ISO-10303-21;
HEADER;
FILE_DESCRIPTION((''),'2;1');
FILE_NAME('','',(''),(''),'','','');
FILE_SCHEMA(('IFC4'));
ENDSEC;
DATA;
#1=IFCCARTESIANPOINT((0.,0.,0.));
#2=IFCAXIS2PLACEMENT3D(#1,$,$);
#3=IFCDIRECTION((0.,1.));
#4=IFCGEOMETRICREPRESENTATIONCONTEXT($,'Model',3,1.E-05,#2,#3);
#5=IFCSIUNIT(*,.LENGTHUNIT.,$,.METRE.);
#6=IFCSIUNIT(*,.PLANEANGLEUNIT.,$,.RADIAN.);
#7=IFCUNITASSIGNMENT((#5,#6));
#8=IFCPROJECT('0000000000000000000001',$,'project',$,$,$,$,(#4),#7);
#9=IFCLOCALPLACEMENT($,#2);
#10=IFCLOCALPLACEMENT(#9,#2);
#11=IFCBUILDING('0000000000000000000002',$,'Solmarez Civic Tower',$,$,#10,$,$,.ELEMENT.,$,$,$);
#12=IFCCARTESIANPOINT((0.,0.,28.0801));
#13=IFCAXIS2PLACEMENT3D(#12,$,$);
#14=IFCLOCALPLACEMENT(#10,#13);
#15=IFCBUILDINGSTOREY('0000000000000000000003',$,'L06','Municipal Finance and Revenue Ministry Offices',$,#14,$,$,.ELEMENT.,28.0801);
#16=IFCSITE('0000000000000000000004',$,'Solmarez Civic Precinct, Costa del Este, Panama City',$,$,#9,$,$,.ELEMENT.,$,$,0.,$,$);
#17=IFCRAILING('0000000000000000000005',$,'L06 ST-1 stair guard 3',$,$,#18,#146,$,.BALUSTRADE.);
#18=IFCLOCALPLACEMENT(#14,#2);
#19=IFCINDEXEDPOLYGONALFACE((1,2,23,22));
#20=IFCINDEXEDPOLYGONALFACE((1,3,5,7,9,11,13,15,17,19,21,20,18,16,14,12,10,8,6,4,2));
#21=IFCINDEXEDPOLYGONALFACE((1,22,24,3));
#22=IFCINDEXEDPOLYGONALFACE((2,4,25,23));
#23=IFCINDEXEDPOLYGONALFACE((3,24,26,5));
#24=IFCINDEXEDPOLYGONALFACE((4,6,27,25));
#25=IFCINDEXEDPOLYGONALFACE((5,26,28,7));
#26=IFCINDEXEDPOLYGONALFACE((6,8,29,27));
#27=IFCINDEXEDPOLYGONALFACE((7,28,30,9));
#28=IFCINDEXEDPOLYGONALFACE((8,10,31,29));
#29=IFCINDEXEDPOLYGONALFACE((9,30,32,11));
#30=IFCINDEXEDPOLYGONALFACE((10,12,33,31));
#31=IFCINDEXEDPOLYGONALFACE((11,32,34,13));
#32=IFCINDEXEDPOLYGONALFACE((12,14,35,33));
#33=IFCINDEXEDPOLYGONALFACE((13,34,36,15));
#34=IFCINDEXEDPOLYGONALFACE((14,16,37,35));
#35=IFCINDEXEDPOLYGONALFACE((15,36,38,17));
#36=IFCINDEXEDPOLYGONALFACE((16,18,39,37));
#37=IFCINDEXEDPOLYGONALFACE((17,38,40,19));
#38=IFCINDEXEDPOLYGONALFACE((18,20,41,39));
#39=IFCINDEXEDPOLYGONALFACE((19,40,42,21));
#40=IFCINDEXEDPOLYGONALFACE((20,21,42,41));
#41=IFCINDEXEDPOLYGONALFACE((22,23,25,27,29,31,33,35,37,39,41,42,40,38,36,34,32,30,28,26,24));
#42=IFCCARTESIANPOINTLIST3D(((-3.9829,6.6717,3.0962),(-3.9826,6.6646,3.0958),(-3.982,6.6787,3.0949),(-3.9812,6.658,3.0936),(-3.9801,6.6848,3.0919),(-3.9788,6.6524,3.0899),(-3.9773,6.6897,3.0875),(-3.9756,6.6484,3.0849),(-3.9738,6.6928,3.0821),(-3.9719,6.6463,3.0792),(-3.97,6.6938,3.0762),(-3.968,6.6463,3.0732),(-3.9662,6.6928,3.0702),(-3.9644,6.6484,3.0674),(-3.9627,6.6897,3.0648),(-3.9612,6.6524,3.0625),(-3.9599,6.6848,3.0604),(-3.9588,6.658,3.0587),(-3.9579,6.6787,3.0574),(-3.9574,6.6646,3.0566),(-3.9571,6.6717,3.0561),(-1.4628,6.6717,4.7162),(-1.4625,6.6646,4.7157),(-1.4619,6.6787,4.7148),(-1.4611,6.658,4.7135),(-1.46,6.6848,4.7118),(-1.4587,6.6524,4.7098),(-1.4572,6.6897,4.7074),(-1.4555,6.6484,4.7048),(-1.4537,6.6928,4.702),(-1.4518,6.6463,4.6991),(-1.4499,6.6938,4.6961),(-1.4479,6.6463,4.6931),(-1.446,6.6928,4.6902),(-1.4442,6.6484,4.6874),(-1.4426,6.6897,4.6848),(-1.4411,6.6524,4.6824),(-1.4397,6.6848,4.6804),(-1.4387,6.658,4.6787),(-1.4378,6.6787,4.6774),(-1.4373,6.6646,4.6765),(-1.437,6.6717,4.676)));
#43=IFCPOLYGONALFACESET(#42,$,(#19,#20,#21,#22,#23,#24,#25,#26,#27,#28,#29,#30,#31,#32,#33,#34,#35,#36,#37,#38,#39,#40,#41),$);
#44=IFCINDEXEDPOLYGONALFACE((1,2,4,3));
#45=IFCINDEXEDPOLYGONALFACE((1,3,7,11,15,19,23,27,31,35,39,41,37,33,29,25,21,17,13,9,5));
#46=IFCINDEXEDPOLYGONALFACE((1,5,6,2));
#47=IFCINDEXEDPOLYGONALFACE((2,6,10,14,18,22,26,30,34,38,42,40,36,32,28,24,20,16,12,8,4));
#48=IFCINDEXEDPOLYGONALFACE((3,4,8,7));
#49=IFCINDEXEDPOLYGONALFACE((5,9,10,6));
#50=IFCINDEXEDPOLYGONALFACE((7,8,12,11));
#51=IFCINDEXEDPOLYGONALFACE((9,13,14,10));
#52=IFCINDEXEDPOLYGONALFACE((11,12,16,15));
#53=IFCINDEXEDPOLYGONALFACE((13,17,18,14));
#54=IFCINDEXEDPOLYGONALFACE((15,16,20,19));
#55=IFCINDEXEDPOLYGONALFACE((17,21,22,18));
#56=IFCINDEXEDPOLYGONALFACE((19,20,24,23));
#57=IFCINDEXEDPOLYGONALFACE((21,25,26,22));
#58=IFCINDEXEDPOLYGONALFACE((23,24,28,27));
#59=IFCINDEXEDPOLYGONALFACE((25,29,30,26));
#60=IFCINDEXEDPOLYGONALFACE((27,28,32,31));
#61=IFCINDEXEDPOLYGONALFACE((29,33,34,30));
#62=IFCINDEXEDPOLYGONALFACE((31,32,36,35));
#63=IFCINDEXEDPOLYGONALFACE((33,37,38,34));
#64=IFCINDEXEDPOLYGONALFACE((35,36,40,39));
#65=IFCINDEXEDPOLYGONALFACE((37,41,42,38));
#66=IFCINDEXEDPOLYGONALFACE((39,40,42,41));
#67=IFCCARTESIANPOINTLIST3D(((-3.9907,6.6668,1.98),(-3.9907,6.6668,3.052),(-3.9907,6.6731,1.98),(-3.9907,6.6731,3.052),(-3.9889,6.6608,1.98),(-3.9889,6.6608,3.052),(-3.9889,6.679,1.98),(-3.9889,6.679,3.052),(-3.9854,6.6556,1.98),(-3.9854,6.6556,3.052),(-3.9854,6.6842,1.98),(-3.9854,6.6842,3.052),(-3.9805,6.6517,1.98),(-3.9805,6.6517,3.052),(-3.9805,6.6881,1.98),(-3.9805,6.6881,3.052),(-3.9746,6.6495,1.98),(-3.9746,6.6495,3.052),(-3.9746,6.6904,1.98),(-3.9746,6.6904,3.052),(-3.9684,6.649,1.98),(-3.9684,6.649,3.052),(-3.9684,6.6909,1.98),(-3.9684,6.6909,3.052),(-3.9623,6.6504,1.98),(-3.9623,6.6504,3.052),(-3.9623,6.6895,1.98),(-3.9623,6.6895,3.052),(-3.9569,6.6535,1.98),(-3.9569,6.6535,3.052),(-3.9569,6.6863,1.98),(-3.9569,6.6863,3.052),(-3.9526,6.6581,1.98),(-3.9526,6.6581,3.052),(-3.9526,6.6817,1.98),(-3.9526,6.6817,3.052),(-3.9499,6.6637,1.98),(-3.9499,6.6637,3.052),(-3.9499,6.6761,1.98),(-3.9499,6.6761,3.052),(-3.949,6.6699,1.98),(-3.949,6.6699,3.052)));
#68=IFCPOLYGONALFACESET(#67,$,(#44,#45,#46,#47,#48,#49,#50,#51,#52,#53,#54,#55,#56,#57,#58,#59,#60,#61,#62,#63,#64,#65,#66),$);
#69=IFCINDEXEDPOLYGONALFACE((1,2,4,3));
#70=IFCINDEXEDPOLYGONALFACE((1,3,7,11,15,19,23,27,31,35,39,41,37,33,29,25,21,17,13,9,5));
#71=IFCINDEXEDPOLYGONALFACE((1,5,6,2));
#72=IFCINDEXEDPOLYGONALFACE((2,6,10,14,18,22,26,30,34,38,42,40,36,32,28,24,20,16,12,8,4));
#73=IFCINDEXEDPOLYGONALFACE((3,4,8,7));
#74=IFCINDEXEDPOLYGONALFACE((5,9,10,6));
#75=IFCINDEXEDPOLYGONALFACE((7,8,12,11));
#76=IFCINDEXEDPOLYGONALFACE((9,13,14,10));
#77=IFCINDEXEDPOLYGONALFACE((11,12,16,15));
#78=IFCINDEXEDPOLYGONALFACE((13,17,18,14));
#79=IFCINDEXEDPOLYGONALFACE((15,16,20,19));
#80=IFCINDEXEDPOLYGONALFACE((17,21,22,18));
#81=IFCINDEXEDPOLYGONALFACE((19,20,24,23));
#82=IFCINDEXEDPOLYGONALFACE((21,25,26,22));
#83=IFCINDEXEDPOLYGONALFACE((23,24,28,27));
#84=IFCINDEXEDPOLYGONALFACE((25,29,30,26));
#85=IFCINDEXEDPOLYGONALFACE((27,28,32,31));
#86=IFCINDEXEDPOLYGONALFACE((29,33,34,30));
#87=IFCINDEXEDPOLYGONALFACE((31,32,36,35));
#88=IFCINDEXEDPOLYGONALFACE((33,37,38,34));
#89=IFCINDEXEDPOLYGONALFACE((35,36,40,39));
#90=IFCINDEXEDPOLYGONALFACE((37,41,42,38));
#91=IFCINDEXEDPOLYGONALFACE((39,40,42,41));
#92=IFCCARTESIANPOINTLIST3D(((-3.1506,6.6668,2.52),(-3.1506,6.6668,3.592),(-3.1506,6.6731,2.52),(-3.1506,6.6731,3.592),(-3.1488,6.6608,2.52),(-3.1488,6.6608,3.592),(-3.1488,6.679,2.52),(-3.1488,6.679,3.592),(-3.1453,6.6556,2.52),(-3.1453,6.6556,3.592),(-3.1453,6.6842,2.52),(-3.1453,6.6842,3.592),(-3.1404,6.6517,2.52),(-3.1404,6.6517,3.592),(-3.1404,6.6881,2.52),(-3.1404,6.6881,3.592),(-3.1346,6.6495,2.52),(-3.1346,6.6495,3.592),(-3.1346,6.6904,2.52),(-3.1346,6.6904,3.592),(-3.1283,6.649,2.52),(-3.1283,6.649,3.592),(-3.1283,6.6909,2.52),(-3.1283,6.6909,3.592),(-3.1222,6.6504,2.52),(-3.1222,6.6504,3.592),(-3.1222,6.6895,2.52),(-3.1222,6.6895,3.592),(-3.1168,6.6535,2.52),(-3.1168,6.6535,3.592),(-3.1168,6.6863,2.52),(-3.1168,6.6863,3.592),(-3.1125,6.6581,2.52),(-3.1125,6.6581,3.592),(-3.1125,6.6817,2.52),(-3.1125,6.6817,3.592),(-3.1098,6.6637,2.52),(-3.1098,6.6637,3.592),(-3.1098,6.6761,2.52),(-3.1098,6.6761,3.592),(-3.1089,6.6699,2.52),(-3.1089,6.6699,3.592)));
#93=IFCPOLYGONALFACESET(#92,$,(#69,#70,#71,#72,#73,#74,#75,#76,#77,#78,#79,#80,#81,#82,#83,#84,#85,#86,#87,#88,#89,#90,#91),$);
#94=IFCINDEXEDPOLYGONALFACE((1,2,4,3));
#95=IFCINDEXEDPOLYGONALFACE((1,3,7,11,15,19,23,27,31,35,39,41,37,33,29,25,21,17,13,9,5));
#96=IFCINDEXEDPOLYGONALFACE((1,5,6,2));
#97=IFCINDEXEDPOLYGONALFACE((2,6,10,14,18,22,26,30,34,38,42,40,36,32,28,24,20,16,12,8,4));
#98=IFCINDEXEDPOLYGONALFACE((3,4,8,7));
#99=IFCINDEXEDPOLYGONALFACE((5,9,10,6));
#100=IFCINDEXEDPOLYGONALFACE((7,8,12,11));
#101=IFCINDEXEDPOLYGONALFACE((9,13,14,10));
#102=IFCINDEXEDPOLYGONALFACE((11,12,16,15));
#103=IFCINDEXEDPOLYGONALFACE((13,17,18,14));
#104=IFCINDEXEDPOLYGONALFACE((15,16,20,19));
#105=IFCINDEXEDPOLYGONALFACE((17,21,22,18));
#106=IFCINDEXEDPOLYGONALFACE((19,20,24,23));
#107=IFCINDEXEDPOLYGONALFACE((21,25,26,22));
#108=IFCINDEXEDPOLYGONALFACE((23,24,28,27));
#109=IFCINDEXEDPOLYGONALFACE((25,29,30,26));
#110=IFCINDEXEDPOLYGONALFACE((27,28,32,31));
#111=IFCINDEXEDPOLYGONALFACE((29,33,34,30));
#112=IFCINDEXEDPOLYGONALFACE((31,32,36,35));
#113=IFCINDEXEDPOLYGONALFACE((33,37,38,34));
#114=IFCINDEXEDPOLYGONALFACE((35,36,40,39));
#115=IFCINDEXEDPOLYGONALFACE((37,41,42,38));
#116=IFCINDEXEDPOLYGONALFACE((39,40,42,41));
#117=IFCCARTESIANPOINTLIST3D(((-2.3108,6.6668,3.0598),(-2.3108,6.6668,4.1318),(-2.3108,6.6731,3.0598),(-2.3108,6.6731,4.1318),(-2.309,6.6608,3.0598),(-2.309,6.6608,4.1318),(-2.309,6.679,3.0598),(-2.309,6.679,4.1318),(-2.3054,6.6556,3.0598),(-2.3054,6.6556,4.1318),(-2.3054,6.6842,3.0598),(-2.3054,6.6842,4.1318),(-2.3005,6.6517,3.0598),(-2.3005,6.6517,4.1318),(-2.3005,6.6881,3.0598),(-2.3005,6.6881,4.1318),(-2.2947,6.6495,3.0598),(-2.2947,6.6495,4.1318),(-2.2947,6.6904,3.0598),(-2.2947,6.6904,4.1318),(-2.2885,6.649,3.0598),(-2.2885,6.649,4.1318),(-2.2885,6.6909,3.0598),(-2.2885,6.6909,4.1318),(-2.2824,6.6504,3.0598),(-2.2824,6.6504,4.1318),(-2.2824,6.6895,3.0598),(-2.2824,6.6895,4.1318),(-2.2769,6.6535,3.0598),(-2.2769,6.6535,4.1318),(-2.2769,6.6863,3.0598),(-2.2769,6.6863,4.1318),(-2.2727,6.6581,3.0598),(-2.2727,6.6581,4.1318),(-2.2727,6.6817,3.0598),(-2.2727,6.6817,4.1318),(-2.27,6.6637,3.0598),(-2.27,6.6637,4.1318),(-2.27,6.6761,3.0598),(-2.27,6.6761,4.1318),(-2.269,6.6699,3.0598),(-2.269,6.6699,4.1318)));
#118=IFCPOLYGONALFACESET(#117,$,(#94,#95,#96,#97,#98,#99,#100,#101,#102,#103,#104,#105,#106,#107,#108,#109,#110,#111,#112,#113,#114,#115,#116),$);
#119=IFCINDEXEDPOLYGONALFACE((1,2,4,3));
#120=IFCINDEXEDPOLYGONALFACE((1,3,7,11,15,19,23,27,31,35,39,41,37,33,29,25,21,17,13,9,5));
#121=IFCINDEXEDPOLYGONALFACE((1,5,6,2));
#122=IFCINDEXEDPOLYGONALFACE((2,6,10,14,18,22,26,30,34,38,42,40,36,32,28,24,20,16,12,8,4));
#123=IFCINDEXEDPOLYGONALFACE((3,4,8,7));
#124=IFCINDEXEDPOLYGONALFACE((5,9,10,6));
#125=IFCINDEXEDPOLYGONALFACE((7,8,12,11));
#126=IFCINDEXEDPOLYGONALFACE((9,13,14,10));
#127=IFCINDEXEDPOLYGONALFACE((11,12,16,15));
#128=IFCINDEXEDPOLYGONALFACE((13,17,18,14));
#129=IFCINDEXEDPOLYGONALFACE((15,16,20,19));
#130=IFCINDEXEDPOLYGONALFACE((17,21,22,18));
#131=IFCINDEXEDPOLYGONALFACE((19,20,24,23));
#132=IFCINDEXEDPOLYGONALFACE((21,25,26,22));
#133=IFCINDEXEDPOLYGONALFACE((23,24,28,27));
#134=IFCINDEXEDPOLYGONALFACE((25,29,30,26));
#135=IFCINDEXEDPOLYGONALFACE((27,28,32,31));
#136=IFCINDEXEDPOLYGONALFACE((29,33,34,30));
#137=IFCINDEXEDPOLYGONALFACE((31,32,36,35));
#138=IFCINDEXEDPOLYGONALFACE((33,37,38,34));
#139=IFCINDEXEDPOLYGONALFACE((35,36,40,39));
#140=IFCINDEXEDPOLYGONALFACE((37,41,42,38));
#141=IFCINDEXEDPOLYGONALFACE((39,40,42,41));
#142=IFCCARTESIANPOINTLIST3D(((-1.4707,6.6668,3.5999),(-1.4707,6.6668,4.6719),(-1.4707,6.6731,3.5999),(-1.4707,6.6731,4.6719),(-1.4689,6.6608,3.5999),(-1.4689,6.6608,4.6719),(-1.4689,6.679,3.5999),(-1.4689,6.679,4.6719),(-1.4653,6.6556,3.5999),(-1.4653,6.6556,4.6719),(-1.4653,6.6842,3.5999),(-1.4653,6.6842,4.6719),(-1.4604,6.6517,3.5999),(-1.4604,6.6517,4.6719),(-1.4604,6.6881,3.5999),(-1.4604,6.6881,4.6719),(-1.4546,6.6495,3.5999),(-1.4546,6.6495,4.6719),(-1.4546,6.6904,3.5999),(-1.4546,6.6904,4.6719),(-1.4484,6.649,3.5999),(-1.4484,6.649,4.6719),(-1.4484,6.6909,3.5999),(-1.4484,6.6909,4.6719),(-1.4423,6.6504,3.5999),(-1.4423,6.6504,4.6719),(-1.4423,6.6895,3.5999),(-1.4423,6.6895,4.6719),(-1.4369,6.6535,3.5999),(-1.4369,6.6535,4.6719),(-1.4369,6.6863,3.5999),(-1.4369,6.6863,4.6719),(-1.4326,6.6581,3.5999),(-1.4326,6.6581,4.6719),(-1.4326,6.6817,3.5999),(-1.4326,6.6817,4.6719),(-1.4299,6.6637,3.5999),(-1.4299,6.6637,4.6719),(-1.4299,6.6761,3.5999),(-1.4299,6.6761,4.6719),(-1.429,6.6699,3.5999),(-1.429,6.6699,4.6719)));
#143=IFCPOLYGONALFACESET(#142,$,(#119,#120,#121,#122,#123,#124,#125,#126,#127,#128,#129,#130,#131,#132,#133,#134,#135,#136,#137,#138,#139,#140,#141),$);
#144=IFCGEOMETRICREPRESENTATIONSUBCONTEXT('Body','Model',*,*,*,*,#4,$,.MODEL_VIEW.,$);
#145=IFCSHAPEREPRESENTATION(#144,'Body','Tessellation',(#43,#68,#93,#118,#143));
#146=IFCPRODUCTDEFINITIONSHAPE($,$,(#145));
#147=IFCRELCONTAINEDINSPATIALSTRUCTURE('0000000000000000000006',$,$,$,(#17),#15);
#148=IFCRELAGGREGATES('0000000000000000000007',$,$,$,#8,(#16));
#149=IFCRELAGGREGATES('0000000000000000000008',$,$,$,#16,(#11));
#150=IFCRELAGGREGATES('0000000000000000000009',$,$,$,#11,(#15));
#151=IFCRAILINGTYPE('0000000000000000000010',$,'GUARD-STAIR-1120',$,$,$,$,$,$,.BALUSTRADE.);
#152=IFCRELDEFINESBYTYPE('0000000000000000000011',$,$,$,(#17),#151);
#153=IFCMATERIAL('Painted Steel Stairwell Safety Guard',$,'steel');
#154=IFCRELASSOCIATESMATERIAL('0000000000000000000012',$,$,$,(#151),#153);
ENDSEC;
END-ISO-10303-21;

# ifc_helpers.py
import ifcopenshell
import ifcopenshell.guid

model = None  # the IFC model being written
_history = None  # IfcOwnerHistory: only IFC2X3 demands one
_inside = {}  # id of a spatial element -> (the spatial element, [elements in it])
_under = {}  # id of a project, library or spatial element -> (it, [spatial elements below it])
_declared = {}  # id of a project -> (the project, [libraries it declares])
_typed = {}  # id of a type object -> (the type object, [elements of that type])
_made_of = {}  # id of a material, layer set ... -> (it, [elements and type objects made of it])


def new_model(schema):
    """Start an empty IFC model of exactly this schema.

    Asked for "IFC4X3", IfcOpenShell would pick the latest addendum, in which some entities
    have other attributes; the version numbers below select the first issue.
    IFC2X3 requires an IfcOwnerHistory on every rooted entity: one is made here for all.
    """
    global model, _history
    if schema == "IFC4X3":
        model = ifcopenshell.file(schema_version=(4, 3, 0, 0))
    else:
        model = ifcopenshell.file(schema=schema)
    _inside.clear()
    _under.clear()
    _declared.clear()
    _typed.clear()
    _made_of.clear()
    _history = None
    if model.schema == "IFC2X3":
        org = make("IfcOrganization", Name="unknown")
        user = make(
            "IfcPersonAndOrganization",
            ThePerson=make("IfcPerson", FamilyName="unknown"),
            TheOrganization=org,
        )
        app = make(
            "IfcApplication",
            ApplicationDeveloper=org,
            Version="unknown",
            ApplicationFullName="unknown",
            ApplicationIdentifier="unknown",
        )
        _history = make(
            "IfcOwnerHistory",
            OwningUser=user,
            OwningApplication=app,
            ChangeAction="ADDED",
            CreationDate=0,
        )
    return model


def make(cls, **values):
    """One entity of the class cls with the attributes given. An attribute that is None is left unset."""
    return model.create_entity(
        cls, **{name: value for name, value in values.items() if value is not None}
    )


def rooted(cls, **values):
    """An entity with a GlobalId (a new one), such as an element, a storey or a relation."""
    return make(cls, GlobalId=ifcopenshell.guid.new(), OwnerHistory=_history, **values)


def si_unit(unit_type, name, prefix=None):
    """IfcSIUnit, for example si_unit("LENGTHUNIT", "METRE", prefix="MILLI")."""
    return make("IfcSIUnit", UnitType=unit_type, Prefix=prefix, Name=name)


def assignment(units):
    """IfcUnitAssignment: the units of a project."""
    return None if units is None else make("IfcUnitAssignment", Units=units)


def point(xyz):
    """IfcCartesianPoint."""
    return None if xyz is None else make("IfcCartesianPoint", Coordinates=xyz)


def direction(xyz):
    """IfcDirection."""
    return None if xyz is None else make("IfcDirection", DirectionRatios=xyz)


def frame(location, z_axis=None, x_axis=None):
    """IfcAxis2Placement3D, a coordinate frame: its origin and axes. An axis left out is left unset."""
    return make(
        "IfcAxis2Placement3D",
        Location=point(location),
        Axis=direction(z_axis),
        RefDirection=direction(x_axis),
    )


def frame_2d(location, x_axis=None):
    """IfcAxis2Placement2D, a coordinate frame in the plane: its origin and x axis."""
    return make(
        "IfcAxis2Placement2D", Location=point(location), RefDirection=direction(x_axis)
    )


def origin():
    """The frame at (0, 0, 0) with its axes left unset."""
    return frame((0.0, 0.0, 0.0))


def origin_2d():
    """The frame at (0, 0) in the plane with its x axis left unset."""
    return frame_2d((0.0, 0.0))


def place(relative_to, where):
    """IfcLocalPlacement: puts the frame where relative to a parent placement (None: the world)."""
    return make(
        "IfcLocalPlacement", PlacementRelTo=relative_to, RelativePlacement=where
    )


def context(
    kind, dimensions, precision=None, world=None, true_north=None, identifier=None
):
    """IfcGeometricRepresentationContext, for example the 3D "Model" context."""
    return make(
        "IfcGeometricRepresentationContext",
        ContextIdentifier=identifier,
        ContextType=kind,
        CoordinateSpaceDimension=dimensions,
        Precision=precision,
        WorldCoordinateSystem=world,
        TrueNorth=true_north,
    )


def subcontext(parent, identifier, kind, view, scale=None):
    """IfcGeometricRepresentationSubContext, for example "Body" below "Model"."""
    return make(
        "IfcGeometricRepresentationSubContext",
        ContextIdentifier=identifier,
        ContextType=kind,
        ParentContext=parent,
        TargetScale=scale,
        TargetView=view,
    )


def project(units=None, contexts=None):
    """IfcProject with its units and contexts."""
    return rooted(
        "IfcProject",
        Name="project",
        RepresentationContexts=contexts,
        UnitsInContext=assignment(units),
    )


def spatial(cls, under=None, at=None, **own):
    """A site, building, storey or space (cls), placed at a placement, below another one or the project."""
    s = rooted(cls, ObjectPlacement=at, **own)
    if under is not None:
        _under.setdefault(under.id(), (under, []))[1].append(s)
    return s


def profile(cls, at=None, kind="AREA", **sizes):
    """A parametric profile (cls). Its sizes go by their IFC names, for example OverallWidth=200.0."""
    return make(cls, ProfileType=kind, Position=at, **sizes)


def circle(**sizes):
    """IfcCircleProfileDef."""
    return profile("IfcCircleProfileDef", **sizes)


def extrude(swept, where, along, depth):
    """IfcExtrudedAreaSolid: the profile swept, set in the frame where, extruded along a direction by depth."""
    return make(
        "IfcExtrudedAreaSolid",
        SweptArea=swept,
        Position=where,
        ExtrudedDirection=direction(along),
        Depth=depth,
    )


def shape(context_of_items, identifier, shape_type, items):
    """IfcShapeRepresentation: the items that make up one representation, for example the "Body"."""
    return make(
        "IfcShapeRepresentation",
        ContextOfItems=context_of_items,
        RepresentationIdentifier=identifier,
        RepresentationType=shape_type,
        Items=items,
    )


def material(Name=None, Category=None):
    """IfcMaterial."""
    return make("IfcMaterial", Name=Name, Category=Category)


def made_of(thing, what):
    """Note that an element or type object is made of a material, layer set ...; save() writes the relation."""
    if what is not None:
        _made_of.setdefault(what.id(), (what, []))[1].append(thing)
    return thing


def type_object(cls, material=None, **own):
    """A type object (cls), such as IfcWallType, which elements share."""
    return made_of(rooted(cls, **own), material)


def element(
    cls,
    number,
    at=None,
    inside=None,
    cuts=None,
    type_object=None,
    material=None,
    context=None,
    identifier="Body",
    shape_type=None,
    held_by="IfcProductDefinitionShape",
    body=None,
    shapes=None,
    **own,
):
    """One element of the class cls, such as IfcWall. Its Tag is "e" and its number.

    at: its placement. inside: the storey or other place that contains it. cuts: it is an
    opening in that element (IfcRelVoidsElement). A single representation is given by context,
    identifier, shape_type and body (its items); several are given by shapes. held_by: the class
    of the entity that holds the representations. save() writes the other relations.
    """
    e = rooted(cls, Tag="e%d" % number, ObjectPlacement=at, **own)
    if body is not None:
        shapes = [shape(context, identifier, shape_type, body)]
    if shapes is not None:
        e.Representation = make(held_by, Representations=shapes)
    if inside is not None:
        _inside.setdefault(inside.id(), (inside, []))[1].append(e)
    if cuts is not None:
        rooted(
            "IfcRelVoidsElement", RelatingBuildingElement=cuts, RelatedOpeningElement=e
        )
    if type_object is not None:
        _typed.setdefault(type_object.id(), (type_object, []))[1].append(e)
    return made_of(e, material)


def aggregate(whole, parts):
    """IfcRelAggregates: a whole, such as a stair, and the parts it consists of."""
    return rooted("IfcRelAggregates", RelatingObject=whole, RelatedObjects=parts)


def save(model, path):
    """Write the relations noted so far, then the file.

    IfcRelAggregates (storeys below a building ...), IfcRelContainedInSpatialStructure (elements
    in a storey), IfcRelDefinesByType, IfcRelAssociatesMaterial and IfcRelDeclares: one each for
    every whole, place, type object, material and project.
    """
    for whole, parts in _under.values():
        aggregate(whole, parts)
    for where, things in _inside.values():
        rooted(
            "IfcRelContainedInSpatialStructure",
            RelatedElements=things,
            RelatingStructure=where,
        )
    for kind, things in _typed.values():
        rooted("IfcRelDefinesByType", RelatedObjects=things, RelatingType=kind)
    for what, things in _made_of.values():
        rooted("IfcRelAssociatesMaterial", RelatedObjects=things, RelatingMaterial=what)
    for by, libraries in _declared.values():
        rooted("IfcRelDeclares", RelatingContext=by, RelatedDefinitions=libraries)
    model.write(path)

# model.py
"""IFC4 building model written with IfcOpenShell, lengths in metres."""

from ifc_helpers import new_model, si_unit, direction, frame, origin, origin_2d, place, context, subcontext, project, spatial, circle, extrude, material, type_object, element, save


model = new_model("IFC4")

# Units and contexts
model_context = context("Model", 3, precision=1e-05, world=origin(), true_north=direction((0.0, 1.0)))
body_context = subcontext(model_context, "Body", "Model", "MODEL_VIEW")
ifc_project = project(units=[si_unit("LENGTHUNIT", "METRE"), si_unit("PLANEANGLEUNIT", "RADIAN")], contexts=[model_context])

# Site, building, storey
site_placement = place(None, origin())
site = spatial("IfcSite", under=ifc_project, at=site_placement, Name="Solmarez Civic Precinct, Costa del Este, Panama City", CompositionType="ELEMENT", RefElevation=0.0)
building_placement = place(site_placement, origin())
building = spatial("IfcBuilding", under=site, at=building_placement, Name="Solmarez Civic Tower", CompositionType="ELEMENT")
storey_placement = place(building_placement, frame((0.0, 0.0, 28.0801)))
storey = spatial("IfcBuildingStorey", under=building, at=storey_placement, Name="L06", Description="Municipal Finance and Revenue Ministry Offices", CompositionType="ELEMENT", Elevation=28.0801)

# Railing
ifc_material_1 = material(Name="Painted Steel Stairwell Safety Guard", Category="steel")
railing_type_1 = type_object("IfcRailingType", Name="GUARD-STAIR-1120", PredefinedType="BALUSTRADE", material=ifc_material_1)
railing_1_placement = place(storey_placement, frame((-3.97, 6.6699, 1.98)))
element("IfcRailing", 1, at=railing_1_placement, inside=storey, type_object=railing_type_1, Name="L06 ST-1 stair guard 3", PredefinedType="BALUSTRADE", context=body_context, shape_type="SweptSolid", body=[
    extrude(circle(Radius=0.0239, at=origin_2d()), frame((0.0, 0.0, 1.0962), z_axis=(0.8412, 0.0, 0.540725), x_axis=(0.0, 1.0, 0.0)), (0.0, 0.0, 1.0), 2.9958),
    extrude(circle(Radius=0.021, at=origin_2d()), origin(), (0.0, 0.0, 1.0), 1.072),
    extrude(circle(Radius=0.021, at=origin_2d()), frame((0.8401, 0.0, 0.54)), (0.0, 0.0, 1.0), 1.072),
    extrude(circle(Radius=0.021, at=origin_2d()), frame((1.6799, 0.0, 1.0798)), (0.0, 0.0, 1.0), 1.072),
    extrude(circle(Radius=0.021, at=origin_2d()), frame((2.52, 0.0, 1.6199)), (0.0, 0.0, 1.0), 1.072),
])

save(model, "model.ifc")
